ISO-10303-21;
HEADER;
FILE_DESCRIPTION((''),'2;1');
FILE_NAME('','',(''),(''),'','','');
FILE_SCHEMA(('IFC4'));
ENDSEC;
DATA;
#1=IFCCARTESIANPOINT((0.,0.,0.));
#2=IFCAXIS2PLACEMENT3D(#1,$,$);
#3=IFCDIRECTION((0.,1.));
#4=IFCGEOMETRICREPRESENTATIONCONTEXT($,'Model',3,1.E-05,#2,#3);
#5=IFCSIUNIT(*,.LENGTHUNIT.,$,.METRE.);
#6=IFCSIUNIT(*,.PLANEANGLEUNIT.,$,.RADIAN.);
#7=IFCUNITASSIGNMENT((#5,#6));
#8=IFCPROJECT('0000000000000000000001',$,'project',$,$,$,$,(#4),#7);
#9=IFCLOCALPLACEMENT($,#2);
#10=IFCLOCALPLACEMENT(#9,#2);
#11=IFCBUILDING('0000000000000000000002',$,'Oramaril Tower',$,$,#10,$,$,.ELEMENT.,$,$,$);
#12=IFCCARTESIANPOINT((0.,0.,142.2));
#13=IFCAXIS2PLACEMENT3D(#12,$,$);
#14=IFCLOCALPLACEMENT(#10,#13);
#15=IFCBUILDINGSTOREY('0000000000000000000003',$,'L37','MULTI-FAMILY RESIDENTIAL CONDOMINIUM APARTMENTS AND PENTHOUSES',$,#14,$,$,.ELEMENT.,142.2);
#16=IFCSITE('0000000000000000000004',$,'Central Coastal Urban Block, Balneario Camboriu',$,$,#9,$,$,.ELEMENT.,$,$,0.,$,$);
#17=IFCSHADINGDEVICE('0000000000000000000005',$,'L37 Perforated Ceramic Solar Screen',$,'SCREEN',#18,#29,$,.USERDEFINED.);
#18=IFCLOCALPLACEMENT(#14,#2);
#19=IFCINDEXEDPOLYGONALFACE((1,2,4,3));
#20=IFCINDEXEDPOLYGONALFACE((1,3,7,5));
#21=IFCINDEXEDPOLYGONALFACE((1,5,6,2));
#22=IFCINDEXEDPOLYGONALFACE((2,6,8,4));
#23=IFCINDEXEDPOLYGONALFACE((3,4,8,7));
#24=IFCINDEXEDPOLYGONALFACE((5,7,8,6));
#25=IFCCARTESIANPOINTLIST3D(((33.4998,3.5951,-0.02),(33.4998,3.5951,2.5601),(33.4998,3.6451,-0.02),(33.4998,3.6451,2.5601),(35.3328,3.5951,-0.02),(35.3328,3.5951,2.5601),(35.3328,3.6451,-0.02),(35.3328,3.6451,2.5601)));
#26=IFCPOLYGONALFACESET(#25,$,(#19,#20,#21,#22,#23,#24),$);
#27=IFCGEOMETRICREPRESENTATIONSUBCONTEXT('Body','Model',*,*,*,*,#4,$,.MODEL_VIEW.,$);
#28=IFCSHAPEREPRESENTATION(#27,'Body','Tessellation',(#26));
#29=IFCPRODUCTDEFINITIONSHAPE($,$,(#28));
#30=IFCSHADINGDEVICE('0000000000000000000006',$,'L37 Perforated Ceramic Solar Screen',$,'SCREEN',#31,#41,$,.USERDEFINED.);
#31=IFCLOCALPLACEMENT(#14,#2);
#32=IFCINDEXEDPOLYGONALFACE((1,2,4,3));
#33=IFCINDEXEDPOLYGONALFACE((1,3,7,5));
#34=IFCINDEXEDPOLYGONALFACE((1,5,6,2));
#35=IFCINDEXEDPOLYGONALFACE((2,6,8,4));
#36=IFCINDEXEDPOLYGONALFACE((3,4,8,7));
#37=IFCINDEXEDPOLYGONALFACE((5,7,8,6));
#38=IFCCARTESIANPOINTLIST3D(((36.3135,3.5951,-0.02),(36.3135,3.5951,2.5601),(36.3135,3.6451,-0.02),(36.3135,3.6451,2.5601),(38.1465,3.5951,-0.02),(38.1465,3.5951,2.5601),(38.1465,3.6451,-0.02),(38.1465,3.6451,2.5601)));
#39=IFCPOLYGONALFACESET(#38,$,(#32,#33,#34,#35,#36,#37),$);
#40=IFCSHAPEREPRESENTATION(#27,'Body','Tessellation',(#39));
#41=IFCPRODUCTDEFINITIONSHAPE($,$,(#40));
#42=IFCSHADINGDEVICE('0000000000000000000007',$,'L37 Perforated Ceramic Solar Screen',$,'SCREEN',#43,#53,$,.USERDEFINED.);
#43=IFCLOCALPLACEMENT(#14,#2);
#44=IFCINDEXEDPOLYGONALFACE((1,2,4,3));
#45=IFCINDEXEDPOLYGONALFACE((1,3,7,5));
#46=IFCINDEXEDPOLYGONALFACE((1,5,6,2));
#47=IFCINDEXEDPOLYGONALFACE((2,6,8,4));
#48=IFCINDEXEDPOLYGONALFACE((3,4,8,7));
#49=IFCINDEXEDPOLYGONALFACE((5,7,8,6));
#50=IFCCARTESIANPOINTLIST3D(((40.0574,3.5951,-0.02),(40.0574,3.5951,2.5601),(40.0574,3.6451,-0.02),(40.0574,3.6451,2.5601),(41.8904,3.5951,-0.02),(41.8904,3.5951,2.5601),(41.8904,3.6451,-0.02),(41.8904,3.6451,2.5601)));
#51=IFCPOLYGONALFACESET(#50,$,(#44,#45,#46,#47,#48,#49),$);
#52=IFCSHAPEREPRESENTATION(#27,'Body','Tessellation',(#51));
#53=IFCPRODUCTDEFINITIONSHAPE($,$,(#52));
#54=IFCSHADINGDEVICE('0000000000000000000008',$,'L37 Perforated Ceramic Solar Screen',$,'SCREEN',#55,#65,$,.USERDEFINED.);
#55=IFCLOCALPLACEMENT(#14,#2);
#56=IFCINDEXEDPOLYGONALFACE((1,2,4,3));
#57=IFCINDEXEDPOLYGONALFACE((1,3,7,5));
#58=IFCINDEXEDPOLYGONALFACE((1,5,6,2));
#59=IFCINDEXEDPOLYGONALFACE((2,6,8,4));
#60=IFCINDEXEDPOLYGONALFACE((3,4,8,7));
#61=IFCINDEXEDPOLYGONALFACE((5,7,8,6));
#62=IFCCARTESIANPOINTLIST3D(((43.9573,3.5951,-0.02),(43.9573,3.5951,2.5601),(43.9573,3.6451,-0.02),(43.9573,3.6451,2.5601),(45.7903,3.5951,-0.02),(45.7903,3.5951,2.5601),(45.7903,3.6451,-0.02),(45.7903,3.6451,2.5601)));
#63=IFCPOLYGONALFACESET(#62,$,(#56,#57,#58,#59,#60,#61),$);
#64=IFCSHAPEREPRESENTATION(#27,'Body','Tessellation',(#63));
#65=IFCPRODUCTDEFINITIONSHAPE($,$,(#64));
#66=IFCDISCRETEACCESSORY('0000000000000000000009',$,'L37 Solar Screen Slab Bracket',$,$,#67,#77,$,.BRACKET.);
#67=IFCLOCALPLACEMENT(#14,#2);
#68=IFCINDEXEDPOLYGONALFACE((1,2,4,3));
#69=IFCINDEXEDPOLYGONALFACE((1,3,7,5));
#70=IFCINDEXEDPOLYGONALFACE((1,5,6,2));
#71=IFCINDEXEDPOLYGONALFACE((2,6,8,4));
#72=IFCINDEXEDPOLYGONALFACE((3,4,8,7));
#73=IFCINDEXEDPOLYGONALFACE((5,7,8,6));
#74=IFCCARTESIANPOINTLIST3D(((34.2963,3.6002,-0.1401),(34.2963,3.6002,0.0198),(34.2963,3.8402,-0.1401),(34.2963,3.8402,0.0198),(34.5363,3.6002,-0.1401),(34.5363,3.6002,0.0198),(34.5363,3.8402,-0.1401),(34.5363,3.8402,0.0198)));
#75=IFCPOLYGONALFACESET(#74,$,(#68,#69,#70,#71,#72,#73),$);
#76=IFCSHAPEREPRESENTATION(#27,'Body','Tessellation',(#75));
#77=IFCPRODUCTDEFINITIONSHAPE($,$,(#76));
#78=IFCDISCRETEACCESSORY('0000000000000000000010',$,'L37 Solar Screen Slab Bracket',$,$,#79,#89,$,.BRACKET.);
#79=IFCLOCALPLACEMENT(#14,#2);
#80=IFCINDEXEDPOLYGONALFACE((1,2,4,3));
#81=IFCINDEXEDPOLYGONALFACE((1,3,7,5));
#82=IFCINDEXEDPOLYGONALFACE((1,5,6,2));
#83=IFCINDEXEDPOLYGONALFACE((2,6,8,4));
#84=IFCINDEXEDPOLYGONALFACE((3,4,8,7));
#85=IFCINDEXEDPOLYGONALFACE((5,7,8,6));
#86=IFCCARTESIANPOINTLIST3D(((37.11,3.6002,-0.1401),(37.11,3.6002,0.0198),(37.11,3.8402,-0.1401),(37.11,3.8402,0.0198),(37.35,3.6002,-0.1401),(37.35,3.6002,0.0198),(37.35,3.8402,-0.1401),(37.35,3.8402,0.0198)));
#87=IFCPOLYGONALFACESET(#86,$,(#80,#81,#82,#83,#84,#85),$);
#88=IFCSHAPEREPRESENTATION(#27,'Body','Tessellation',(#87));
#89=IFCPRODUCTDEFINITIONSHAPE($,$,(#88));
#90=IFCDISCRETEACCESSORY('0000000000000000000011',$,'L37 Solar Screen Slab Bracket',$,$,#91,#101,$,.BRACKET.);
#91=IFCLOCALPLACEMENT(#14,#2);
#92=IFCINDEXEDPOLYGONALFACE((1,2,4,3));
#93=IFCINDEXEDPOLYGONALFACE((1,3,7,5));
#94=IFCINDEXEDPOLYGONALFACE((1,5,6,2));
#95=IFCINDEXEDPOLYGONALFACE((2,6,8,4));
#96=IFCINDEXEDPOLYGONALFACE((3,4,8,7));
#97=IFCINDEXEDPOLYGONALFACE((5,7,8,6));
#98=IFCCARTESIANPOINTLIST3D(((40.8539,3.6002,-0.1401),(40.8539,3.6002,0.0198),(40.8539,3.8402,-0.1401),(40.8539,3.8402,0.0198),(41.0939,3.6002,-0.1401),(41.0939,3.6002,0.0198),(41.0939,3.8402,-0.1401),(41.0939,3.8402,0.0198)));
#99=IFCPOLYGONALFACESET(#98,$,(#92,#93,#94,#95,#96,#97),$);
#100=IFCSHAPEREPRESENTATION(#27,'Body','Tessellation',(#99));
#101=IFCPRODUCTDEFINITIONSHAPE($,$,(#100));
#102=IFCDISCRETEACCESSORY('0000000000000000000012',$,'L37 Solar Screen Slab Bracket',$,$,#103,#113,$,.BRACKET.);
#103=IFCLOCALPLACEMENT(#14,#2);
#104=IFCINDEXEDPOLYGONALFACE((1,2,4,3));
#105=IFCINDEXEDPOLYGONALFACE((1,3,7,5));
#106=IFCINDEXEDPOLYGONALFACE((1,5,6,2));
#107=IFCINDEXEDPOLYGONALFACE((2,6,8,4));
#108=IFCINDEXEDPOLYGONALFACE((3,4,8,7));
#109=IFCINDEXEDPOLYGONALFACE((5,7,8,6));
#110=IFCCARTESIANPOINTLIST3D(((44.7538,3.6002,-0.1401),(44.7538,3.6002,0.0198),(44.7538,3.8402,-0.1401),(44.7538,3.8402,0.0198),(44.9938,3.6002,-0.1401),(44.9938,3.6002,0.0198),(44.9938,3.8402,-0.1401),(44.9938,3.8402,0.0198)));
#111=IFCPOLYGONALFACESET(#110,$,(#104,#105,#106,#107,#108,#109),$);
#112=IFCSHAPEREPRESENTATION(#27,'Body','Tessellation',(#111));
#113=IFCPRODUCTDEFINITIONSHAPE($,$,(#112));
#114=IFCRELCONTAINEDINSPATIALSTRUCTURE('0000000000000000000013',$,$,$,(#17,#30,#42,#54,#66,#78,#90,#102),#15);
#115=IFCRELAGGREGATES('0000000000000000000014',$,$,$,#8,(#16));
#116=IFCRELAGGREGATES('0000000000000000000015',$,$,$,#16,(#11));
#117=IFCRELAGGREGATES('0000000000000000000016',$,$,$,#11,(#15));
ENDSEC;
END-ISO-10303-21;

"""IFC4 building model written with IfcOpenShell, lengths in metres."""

from ifc_helpers import new_model, si_unit, direction, frame, origin, origin_2d, place, context, subcontext, project, spatial, rectangle, extrude, element, save


model = new_model("IFC4")

# Units and contexts
model_context = context("Model", 3, precision=1e-05, world=origin(), true_north=direction((0.0, 1.0)))
body_context = subcontext(model_context, "Body", "Model", "MODEL_VIEW")
ifc_project = project(units=[si_unit("LENGTHUNIT", "METRE"), si_unit("PLANEANGLEUNIT", "RADIAN")], contexts=[model_context])

# Site, building, storey
site_placement = place(None, origin())
site = spatial("IfcSite", under=ifc_project, at=site_placement, Name="Central Coastal Urban Block, Balneario Camboriu", CompositionType="ELEMENT", RefElevation=0.0)
building_placement = place(site_placement, origin())
building = spatial("IfcBuilding", under=site, at=building_placement, Name="Oramaril Tower", CompositionType="ELEMENT")
storey_placement = place(building_placement, frame((0.0, 0.0, 142.2)))
storey = spatial("IfcBuildingStorey", under=building, at=storey_placement, Name="L37", Description="MULTI-FAMILY RESIDENTIAL CONDOMINIUM APARTMENTS AND PENTHOUSES", CompositionType="ELEMENT", Elevation=142.2)

# Shading devices
for number, where, z_axis, x_axis, name in (
    (1, (34.4163, 3.6201, -0.02), (0.0, 0.0, 1.0), (1.0, 0.0, 0.0), "L37 Perforated Ceramic Solar Screen"),
    (2, (37.23, 3.6201, -0.02), (0.0, 0.0, 1.0), (1.0, 0.0, 0.0), "L37 Perforated Ceramic Solar Screen"),
    (3, (40.9739, 3.6201, -0.02), (0.0, 0.0, 1.0), (1.0, 0.0, 0.0), "L37 Perforated Ceramic Solar Screen"),
    (4, (44.8738, 3.6201, -0.02), (0.0, 0.0, 1.0), (1.0, 0.0, 0.0), "L37 Perforated Ceramic Solar Screen"),
):
    element("IfcShadingDevice", number, at=place(storey_placement, frame(where, z_axis=z_axis, x_axis=x_axis)), inside=storey, Name=name, ObjectType="SCREEN", PredefinedType="USERDEFINED", context=body_context, shape_type="SweptSolid", body=[
        extrude(rectangle(XDim=1.833, YDim=0.05, at=origin_2d()), origin(), (0.0, 0.0, 1.0), 2.5801),
    ])

# Discrete accessories
for number, where, z_axis, x_axis, name in (
    (5, (34.4163, 3.7202, -0.1401), (0.0, 0.0, 1.0), (1.0, 0.0, 0.0), "L37 Solar Screen Slab Bracket"),
    (6, (37.23, 3.7202, -0.1401), (0.0, 0.0, 1.0), (1.0, 0.0, 0.0), "L37 Solar Screen Slab Bracket"),
    (7, (40.9739, 3.7202, -0.1401), (0.0, 0.0, 1.0), (1.0, 0.0, 0.0), "L37 Solar Screen Slab Bracket"),
    (8, (44.8738, 3.7202, -0.1401), (0.0, 0.0, 1.0), (1.0, 0.0, 0.0), "L37 Solar Screen Slab Bracket"),
):
    element("IfcDiscreteAccessory", number, at=place(storey_placement, frame(where, z_axis=z_axis, x_axis=x_axis)), inside=storey, Name=name, PredefinedType="BRACKET", context=body_context, shape_type="SweptSolid", body=[
        extrude(rectangle(XDim=0.24, YDim=0.24, at=origin_2d()), origin(), (0.0, 0.0, 1.0), 0.1599),
    ])

save(model, "model.ifc")
